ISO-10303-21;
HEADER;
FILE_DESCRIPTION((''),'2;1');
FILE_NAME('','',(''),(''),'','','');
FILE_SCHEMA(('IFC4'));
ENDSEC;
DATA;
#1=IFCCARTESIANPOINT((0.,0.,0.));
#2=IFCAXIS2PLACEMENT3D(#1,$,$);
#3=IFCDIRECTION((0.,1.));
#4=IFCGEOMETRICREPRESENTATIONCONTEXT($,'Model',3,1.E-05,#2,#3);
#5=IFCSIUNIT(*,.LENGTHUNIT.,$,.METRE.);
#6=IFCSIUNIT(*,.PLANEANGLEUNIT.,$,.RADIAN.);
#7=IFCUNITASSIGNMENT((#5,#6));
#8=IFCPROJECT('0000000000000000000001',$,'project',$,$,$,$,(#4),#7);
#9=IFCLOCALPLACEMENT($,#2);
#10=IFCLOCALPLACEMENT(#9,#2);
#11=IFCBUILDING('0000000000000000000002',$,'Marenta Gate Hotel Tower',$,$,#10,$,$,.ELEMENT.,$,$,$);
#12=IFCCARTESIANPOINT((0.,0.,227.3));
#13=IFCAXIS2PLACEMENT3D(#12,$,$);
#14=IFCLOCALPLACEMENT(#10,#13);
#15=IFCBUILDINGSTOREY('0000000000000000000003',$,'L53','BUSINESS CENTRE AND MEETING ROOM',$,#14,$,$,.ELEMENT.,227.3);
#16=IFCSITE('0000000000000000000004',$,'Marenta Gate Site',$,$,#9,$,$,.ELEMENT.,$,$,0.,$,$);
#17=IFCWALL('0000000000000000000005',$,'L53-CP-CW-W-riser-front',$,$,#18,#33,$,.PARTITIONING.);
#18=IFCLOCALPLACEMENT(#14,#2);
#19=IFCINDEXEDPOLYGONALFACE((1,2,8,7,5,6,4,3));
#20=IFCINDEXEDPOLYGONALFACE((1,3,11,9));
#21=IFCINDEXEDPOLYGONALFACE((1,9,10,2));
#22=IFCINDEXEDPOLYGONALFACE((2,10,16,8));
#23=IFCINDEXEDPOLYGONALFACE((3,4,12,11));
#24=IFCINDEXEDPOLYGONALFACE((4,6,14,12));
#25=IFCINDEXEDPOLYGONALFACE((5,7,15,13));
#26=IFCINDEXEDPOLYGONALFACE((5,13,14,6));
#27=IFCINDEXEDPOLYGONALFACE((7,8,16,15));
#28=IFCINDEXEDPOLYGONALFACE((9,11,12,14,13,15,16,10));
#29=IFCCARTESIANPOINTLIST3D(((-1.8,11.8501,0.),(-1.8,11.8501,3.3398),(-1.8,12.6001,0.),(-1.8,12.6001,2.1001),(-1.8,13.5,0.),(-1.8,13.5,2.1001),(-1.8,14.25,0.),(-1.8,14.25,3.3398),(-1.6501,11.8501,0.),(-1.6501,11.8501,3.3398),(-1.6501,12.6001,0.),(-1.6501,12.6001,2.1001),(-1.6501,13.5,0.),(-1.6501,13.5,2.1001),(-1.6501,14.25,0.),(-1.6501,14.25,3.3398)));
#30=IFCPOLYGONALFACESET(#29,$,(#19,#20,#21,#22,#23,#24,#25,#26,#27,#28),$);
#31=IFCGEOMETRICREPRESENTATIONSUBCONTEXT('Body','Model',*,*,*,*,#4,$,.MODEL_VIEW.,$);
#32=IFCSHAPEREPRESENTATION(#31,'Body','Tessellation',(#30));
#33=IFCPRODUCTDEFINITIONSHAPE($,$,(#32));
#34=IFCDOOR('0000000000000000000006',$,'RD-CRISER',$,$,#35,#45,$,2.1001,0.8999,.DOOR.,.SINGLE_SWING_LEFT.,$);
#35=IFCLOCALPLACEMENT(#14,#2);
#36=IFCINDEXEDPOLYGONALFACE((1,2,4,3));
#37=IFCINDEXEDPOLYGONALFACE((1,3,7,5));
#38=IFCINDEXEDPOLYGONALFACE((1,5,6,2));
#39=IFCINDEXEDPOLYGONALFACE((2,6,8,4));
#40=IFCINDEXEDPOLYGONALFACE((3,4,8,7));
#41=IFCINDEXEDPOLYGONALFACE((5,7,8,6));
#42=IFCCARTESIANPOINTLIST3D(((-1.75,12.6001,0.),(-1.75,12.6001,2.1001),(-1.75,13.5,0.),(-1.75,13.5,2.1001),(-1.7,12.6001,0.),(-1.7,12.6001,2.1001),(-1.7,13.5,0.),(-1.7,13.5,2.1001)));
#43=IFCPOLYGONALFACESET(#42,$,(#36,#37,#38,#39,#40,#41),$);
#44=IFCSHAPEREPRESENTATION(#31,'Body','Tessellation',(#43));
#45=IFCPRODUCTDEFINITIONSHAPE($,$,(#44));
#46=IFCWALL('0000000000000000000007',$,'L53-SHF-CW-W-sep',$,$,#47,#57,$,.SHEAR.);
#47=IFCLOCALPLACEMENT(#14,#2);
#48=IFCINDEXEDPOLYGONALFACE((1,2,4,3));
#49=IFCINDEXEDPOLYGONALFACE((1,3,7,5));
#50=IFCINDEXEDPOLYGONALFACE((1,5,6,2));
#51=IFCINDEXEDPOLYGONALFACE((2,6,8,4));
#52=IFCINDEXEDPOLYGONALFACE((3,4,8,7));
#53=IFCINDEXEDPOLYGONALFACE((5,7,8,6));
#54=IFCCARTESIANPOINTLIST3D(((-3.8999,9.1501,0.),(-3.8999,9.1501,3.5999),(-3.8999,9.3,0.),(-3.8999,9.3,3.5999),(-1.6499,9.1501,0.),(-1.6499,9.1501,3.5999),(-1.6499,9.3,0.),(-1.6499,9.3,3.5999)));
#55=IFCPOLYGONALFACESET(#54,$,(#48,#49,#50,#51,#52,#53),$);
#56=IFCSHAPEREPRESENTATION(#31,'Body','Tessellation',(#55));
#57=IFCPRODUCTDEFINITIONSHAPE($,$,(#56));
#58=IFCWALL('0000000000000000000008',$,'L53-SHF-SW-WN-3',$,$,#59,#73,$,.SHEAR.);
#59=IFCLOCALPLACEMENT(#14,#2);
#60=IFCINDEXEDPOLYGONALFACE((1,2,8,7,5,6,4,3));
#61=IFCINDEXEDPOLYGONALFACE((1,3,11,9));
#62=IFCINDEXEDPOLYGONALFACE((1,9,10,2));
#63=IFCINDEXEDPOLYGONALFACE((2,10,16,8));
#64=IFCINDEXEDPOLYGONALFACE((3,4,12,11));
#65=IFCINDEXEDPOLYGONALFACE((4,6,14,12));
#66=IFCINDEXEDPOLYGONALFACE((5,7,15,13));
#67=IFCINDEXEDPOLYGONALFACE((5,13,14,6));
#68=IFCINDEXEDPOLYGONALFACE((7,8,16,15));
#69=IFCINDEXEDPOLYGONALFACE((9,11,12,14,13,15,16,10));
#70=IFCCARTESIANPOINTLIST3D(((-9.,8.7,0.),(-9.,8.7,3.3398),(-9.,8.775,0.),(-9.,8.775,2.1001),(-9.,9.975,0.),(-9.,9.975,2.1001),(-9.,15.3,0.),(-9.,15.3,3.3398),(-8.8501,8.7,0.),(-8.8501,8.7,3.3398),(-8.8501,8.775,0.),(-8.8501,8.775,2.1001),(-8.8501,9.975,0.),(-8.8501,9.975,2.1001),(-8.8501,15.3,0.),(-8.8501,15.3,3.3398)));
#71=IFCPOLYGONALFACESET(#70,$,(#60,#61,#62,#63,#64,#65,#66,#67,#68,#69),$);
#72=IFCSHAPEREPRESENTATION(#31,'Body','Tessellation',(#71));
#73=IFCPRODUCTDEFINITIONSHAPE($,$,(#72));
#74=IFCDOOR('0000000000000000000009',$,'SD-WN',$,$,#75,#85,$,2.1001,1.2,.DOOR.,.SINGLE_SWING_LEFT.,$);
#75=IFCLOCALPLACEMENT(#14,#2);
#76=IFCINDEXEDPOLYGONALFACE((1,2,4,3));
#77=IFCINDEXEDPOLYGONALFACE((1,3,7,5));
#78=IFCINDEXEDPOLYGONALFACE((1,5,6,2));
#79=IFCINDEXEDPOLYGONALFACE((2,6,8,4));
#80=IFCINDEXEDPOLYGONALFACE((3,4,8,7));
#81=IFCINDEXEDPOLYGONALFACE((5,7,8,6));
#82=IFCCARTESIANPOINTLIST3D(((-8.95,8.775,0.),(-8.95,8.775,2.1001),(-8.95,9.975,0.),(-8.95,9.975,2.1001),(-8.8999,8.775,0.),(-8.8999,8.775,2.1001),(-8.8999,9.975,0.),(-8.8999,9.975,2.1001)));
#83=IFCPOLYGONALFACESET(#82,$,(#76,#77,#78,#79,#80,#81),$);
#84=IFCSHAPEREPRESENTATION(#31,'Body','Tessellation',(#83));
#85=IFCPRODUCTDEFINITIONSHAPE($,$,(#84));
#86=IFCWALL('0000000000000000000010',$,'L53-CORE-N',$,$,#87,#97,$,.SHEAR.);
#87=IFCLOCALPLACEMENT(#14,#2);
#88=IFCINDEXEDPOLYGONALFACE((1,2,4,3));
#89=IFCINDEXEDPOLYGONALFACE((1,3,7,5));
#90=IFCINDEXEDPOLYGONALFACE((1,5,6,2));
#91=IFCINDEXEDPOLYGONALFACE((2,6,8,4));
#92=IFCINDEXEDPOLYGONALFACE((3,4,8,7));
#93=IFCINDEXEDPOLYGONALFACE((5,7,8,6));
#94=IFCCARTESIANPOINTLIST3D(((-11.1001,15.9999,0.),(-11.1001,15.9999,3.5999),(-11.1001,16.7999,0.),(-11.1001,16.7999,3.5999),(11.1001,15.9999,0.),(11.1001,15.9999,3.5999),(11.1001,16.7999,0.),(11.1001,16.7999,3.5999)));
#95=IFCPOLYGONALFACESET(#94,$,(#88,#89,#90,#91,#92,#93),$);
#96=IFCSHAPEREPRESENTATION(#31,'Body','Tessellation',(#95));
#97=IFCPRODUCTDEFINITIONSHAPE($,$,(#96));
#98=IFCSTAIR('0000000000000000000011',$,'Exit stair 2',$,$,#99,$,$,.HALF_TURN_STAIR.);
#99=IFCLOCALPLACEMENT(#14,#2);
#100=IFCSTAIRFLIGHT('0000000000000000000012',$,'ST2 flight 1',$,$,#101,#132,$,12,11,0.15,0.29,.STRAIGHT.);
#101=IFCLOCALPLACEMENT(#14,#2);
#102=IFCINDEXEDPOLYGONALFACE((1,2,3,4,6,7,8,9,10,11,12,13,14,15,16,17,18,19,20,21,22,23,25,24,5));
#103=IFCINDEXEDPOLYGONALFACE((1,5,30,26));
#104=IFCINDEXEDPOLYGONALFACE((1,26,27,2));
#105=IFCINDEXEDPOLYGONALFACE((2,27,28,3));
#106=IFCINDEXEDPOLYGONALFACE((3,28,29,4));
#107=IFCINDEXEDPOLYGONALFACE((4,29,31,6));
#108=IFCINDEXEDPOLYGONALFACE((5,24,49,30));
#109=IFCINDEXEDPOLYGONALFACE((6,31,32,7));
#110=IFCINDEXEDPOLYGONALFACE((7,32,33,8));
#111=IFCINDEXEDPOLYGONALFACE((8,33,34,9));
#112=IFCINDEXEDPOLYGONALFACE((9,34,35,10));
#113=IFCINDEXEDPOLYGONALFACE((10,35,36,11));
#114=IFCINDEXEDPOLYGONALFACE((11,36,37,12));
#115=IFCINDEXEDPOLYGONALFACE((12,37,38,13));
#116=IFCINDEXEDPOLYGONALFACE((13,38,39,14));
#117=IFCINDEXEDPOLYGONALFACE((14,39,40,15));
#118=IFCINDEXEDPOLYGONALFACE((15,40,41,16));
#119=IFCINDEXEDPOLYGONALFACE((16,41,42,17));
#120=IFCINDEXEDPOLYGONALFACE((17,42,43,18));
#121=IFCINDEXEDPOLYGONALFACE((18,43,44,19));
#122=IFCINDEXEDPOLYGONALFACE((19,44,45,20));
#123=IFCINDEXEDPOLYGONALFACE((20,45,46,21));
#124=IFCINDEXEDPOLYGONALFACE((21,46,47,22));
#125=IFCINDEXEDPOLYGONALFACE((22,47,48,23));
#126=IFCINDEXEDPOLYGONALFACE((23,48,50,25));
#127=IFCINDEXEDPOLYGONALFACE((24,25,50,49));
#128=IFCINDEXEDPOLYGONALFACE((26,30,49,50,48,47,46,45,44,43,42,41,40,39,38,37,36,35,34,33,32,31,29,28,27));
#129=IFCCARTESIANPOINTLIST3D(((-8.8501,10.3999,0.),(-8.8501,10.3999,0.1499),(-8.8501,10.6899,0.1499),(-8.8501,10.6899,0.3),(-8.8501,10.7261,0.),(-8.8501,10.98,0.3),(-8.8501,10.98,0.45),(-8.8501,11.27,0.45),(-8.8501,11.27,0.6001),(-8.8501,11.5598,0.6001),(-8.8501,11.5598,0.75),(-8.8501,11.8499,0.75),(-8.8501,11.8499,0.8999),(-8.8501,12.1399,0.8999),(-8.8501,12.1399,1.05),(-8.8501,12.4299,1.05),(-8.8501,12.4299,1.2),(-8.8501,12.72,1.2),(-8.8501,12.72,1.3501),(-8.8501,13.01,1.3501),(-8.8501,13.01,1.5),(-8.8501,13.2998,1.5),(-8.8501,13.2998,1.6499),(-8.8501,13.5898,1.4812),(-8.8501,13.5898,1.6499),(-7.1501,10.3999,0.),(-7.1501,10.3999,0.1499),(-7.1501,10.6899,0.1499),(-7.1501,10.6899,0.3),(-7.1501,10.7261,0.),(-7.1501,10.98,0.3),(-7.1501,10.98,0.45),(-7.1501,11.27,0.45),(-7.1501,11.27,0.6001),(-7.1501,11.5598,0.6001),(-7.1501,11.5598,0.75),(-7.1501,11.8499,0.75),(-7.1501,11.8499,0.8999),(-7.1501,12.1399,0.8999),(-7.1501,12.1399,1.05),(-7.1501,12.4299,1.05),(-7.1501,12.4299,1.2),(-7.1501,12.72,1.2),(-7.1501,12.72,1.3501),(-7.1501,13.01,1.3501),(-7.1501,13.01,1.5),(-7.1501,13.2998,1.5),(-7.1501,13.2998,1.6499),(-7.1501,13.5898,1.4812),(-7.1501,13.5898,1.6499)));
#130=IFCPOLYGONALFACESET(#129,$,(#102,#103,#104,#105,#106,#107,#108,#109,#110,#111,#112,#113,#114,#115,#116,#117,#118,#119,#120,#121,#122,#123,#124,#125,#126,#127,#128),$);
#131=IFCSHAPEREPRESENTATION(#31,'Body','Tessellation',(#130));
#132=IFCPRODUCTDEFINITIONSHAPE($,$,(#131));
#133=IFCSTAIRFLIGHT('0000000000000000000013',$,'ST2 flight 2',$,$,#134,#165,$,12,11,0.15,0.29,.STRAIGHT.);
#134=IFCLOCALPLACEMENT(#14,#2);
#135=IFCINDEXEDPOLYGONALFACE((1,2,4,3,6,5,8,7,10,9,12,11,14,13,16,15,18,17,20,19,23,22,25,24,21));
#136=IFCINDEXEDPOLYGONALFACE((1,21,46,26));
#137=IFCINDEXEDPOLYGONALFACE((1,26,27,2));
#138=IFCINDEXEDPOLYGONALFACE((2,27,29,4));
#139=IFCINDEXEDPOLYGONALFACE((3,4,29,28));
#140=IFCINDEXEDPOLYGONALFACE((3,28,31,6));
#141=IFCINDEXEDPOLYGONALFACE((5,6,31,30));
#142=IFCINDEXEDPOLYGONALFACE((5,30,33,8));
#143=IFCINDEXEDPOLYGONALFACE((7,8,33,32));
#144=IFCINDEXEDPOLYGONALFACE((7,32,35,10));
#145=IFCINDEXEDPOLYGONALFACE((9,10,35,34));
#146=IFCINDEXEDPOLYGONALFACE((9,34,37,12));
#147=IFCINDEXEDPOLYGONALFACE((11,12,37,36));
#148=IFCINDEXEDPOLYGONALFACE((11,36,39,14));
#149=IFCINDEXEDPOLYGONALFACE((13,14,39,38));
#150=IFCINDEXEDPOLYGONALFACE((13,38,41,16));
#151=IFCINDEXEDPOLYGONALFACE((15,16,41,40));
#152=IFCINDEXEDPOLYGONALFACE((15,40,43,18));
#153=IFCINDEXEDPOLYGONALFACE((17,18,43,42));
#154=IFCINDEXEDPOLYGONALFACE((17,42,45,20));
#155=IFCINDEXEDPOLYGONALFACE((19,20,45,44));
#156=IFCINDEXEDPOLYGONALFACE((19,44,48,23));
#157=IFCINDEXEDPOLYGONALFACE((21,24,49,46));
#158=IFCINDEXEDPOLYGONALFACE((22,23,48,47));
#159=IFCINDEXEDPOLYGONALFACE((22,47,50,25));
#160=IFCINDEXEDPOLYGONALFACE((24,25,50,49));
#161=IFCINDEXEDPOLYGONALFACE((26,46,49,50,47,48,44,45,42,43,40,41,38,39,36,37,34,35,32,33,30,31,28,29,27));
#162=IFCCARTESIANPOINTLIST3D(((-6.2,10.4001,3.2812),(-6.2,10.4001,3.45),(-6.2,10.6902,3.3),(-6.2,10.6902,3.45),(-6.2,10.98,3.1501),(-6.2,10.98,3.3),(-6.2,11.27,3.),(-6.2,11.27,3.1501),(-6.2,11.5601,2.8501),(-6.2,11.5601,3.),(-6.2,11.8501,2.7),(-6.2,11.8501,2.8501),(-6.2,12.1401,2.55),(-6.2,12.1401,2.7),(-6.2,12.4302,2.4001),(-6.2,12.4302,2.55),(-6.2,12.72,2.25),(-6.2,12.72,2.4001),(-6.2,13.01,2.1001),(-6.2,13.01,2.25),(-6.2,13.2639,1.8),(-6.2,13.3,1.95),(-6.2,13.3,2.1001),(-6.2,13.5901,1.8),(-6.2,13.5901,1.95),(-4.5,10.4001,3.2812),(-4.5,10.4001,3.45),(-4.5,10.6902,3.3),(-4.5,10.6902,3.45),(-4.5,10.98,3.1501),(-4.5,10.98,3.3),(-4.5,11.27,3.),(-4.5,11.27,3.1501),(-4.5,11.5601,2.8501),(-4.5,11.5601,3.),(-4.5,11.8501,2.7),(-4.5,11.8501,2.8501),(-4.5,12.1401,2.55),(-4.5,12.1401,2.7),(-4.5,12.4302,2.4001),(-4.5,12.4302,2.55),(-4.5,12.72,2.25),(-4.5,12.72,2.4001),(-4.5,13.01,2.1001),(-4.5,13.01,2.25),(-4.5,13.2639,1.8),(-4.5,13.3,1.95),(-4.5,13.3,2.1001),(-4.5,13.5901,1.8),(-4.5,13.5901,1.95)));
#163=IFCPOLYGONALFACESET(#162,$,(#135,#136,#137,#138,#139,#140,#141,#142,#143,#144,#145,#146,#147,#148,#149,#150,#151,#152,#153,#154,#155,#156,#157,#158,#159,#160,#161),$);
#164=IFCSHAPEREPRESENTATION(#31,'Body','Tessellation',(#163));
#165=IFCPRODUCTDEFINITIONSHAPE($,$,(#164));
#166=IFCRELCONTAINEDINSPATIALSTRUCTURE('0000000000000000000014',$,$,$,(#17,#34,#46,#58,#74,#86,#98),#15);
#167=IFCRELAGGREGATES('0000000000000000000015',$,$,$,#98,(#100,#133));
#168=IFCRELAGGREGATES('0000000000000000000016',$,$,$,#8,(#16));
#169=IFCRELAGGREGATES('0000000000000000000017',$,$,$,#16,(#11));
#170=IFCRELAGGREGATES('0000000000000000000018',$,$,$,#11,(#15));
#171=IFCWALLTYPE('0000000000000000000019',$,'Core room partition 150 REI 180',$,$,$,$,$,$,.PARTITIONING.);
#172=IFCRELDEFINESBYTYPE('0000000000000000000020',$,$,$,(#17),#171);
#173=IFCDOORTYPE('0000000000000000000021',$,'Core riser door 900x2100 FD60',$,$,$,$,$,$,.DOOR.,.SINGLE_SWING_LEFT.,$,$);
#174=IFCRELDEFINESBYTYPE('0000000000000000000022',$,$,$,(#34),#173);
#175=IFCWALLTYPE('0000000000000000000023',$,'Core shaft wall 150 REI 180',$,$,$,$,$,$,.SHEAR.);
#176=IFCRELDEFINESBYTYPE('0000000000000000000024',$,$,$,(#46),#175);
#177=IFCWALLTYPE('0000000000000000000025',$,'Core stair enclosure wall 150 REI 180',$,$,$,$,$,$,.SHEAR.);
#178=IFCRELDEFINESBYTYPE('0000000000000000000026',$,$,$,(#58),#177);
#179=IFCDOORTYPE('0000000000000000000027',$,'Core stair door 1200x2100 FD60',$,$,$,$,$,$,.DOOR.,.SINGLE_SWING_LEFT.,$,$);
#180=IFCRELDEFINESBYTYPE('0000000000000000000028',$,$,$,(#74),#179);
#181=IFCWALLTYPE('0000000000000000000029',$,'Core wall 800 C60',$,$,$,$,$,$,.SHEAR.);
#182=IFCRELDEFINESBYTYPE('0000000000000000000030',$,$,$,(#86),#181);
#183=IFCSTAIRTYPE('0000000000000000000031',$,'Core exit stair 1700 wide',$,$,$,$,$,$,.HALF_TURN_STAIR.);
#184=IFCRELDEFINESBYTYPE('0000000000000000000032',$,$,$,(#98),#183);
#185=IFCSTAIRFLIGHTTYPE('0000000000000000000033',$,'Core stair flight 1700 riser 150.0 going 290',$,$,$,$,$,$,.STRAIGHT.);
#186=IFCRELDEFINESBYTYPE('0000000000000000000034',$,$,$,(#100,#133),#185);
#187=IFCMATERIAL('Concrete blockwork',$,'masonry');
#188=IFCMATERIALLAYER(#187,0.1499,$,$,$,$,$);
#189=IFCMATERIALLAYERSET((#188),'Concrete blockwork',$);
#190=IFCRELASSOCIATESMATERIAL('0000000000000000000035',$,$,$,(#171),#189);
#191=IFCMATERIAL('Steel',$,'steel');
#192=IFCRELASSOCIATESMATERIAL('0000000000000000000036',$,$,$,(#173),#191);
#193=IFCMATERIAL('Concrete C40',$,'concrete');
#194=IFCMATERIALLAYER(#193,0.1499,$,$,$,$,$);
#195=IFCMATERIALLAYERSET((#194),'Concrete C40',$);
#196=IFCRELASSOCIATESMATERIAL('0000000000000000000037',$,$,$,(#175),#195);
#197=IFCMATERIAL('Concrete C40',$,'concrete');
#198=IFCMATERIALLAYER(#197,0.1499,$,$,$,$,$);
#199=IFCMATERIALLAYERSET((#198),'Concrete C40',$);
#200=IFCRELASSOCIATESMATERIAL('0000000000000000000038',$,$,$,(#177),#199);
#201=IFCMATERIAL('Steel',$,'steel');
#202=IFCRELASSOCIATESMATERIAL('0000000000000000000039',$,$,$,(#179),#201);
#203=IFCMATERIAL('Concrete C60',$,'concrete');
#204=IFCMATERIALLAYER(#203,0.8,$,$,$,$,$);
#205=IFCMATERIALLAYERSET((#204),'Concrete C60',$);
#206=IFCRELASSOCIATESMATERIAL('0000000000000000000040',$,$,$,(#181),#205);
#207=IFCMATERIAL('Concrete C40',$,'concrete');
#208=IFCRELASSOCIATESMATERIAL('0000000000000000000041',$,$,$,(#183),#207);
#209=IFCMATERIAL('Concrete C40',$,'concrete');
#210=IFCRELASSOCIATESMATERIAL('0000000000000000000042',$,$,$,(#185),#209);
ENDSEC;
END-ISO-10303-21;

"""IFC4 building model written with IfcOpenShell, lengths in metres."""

from ifc_helpers import new_model, si_unit, direction, frame, frame_2d, origin, place, context, subcontext, project, spatial, polyline, rectangle, outline, extrude, material, layer, layer_set, type_object, element, fill, aggregate, save


model = new_model("IFC4")

# Units and contexts
model_context = context("Model", 3, precision=1e-05, world=origin(), true_north=direction((0.0, 1.0)))
body_context = subcontext(model_context, "Body", "Model", "MODEL_VIEW")
ifc_project = project(units=[si_unit("LENGTHUNIT", "METRE"), si_unit("PLANEANGLEUNIT", "RADIAN")], contexts=[model_context])

# Site, building, storey
site_placement = place(None, origin())
site = spatial("IfcSite", under=ifc_project, at=site_placement, Name="Marenta Gate Site", CompositionType="ELEMENT", RefElevation=0.0)
building_placement = place(site_placement, origin())
building = spatial("IfcBuilding", under=site, at=building_placement, Name="Marenta Gate Hotel Tower", CompositionType="ELEMENT")
storey_placement = place(building_placement, frame((0.0, 0.0, 227.3)))
storey = spatial("IfcBuildingStorey", under=building, at=storey_placement, Name="L53", Description="BUSINESS CENTRE AND MEETING ROOM", CompositionType="ELEMENT", Elevation=227.3)

# Wall, opening, door
ifc_material_1 = material(Name="Concrete blockwork", Category="masonry")
ifc_layer_1 = layer(ifc_material_1, 0.1499)
ifc_layer_set_1 = layer_set([ifc_layer_1], Name="Concrete blockwork")
wall_type_1 = type_object("IfcWallType", Name="Core room partition 150 REI 180", PredefinedType="PARTITIONING", material=ifc_layer_set_1)
wall_1_placement = place(storey_placement, frame((-1.7251, 11.8501, 0.0), z_axis=(0.0, 0.0, 1.0), x_axis=(0.0, 1.0, 0.0)))
wall_1 = element("IfcWall", 1, at=wall_1_placement, inside=storey, type_object=wall_type_1, Name="L53-CP-CW-W-riser-front", PredefinedType="PARTITIONING", context=body_context, shape_type="SweptSolid", body=[
    extrude(rectangle(XDim=2.3999, YDim=0.1499, at=frame_2d((1.2, 0.0))), origin(), (0.0, 0.0, 1.0), 3.3398),
])
opening_1_placement = place(wall_1_placement, frame((0.75, 0.0, 0.0)))
opening_1 = element("IfcOpeningElement", 2, at=opening_1_placement, cuts=wall_1, PredefinedType="OPENING", context=body_context, shape_type="SweptSolid", body=[
    extrude(rectangle(XDim=0.8999, YDim=2.1001, at=frame_2d((0.45, 1.05))), frame((0.0, 0.075, 0.0), z_axis=(0.0, -1.0, 0.0), x_axis=(1.0, 0.0, 0.0)), (0.0, 0.0, 1.0), 0.1499),
])
ifc_material_2 = material(Name="Steel", Category="steel")
door_type_1 = type_object("IfcDoorType", Name="Core riser door 900x2100 FD60", OperationType="SINGLE_SWING_LEFT", PredefinedType="DOOR", material=ifc_material_2)
door_1_placement = place(opening_1_placement, origin())
door_1 = element("IfcDoor", 3, at=door_1_placement, inside=storey, type_object=door_type_1, Name="RD-CRISER", OperationType="SINGLE_SWING_LEFT", OverallHeight=2.1001, OverallWidth=0.8999, PredefinedType="DOOR", context=body_context, shape_type="SweptSolid", body=[
    extrude(rectangle(XDim=0.8999, YDim=2.1001, at=frame_2d((0.45, 1.05))), frame((0.0, 0.0249, 0.0), z_axis=(0.0, -1.0, 0.0), x_axis=(1.0, 0.0, 0.0)), (0.0, 0.0, 1.0), 0.05),
])
fill(opening_1, door_1)

# Wall
ifc_material_3 = material(Name="Concrete C40", Category="concrete")
ifc_layer_2 = layer(ifc_material_3, 0.1499)
ifc_layer_set_2 = layer_set([ifc_layer_2], Name="Concrete C40")
wall_type_2 = type_object("IfcWallType", Name="Core shaft wall 150 REI 180", PredefinedType="SHEAR", material=ifc_layer_set_2)
wall_2_placement = place(storey_placement, frame((-3.8999, 9.2251, 0.0), z_axis=(0.0, 0.0, 1.0), x_axis=(1.0, 0.0, 0.0)))
element("IfcWall", 4, at=wall_2_placement, inside=storey, type_object=wall_type_2, Name="L53-SHF-CW-W-sep", PredefinedType="SHEAR", context=body_context, shape_type="SweptSolid", body=[
    extrude(rectangle(XDim=2.25, YDim=0.1499, at=frame_2d((1.125, 0.0))), origin(), (0.0, 0.0, 1.0), 3.5999),
])

# Wall, opening, door
ifc_material_4 = material(Name="Concrete C40", Category="concrete")
ifc_layer_3 = layer(ifc_material_4, 0.1499)
ifc_layer_set_3 = layer_set([ifc_layer_3], Name="Concrete C40")
wall_type_3 = type_object("IfcWallType", Name="Core stair enclosure wall 150 REI 180", PredefinedType="SHEAR", material=ifc_layer_set_3)
wall_3_placement = place(storey_placement, frame((-8.925, 8.7, 0.0), z_axis=(0.0, 0.0, 1.0), x_axis=(0.0, 1.0, 0.0)))
wall_3 = element("IfcWall", 5, at=wall_3_placement, inside=storey, type_object=wall_type_3, Name="L53-SHF-SW-WN-3", PredefinedType="SHEAR", context=body_context, shape_type="SweptSolid", body=[
    extrude(rectangle(XDim=6.6001, YDim=0.1499, at=frame_2d((3.3, 0.0))), origin(), (0.0, 0.0, 1.0), 3.3398),
])
opening_2_placement = place(wall_3_placement, frame((0.075, 0.0, 0.0)))
opening_2 = element("IfcOpeningElement", 6, at=opening_2_placement, cuts=wall_3, PredefinedType="OPENING", context=body_context, shape_type="SweptSolid", body=[
    extrude(rectangle(XDim=1.2, YDim=2.1001, at=frame_2d((0.6001, 1.05))), frame((0.0, 0.075, 0.0), z_axis=(0.0, -1.0, 0.0), x_axis=(1.0, 0.0, 0.0)), (0.0, 0.0, 1.0), 0.1499),
])
ifc_material_5 = material(Name="Steel", Category="steel")
door_type_2 = type_object("IfcDoorType", Name="Core stair door 1200x2100 FD60", OperationType="SINGLE_SWING_LEFT", PredefinedType="DOOR", material=ifc_material_5)
door_2_placement = place(opening_2_placement, origin())
door_2 = element("IfcDoor", 7, at=door_2_placement, inside=storey, type_object=door_type_2, Name="SD-WN", OperationType="SINGLE_SWING_LEFT", OverallHeight=2.1001, OverallWidth=1.2, PredefinedType="DOOR", context=body_context, shape_type="SweptSolid", body=[
    extrude(rectangle(XDim=1.2, YDim=2.1001, at=frame_2d((0.6001, 1.05))), frame((0.0, 0.0249, 0.0), z_axis=(0.0, -1.0, 0.0), x_axis=(1.0, 0.0, 0.0)), (0.0, 0.0, 1.0), 0.05),
])
fill(opening_2, door_2)

# Wall
ifc_material_6 = material(Name="Concrete C60", Category="concrete")
ifc_layer_4 = layer(ifc_material_6, 0.8)
ifc_layer_set_4 = layer_set([ifc_layer_4], Name="Concrete C60")
wall_type_4 = type_object("IfcWallType", Name="Core wall 800 C60", PredefinedType="SHEAR", material=ifc_layer_set_4)
wall_4_placement = place(storey_placement, frame((-11.1001, 16.3999, 0.0), z_axis=(0.0, 0.0, 1.0), x_axis=(1.0, 0.0, 0.0)))
element("IfcWall", 8, at=wall_4_placement, inside=storey, type_object=wall_type_4, Name="L53-CORE-N", PredefinedType="SHEAR", context=body_context, shape_type="SweptSolid", body=[
    extrude(rectangle(XDim=22.2002, YDim=0.8, at=frame_2d((11.1001, 0.0))), origin(), (0.0, 0.0, 1.0), 3.5999),
])

# Stair, stair flights
ifc_material_7 = material(Name="Concrete C40", Category="concrete")
stair_type = type_object("IfcStairType", Name="Core exit stair 1700 wide", PredefinedType="HALF_TURN_STAIR", material=ifc_material_7)
stair_placement = place(storey_placement, origin())
stair = element("IfcStair", 9, at=stair_placement, inside=storey, type_object=stair_type, Name="Exit stair 2", PredefinedType="HALF_TURN_STAIR")
ifc_material_8 = material(Name="Concrete C40", Category="concrete")
stair_flight_type = type_object("IfcStairFlightType", Name="Core stair flight 1700 riser 150.0 going 290", PredefinedType="STRAIGHT", material=ifc_material_8)
stair_flight_1_placement = place(storey_placement, frame((-8.0, 10.3999, 0.0), z_axis=(0.0, 0.0, 1.0), x_axis=(0.0, 1.0, 0.0)))
stair_flight_1 = element("IfcStairFlight", 10, at=stair_flight_1_placement, type_object=stair_flight_type, Name="ST2 flight 1", NumberOfRisers=12, NumberOfTreads=11, PredefinedType="STRAIGHT", RiserHeight=0.15, TreadLength=0.29, context=body_context, shape_type="SweptSolid", body=[
    extrude(outline(polyline([(0.0, 0.0), (0.0, 0.1499), (0.29, 0.1499), (0.29, 0.3), (0.5801, 0.3), (0.5801, 0.45), (0.8701, 0.45), (0.8701, 0.6001), (1.1599, 0.6001), (1.1599, 0.75), (1.45, 0.75), (1.45, 0.8999), (1.74, 0.8999), (1.74, 1.05), (2.03, 1.05), (2.03, 1.2), (2.3201, 1.2), (2.3201, 1.3501), (2.6101, 1.3501), (2.6101, 1.5), (2.8999, 1.5), (2.8999, 1.6499), (3.1899, 1.6499), (3.1899, 1.8), (3.1899, 1.4812), (0.3262, 0.0), (0.0, 0.0)])), frame((0.0, 0.8501, 0.0), z_axis=(0.0, -1.0, 0.0), x_axis=(1.0, 0.0, 0.0)), (0.0, 0.0, 1.0), 1.7),
])
stair_flight_2_placement = place(storey_placement, frame((-5.3501, 13.5901, 1.8), z_axis=(0.0, 0.0, 1.0), x_axis=(0.0, -1.0, 0.0)))
stair_flight_2 = element("IfcStairFlight", 11, at=stair_flight_2_placement, type_object=stair_flight_type, Name="ST2 flight 2", NumberOfRisers=12, NumberOfTreads=11, PredefinedType="STRAIGHT", RiserHeight=0.15, TreadLength=0.29, context=body_context, shape_type="SweptSolid", body=[
    extrude(outline(polyline([(0.0, 0.0), (0.0, 0.1499), (0.29, 0.1499), (0.29, 0.3), (0.5801, 0.3), (0.5801, 0.45), (0.8701, 0.45), (0.8701, 0.6001), (1.1599, 0.6001), (1.1599, 0.75), (1.45, 0.75), (1.45, 0.8999), (1.74, 0.8999), (1.74, 1.05), (2.03, 1.05), (2.03, 1.2), (2.3201, 1.2), (2.3201, 1.3501), (2.6101, 1.3501), (2.6101, 1.5), (2.8999, 1.5), (2.8999, 1.6499), (3.1899, 1.6499), (3.1899, 1.8), (3.1899, 1.4812), (0.3262, 0.0), (0.0, 0.0)])), frame((0.0, 0.8501, 0.0), z_axis=(0.0, -1.0, 0.0), x_axis=(1.0, 0.0, 0.0)), (0.0, 0.0, 1.0), 1.7),
])
aggregate(stair, [stair_flight_1, stair_flight_2])

save(model, "model.ifc")
